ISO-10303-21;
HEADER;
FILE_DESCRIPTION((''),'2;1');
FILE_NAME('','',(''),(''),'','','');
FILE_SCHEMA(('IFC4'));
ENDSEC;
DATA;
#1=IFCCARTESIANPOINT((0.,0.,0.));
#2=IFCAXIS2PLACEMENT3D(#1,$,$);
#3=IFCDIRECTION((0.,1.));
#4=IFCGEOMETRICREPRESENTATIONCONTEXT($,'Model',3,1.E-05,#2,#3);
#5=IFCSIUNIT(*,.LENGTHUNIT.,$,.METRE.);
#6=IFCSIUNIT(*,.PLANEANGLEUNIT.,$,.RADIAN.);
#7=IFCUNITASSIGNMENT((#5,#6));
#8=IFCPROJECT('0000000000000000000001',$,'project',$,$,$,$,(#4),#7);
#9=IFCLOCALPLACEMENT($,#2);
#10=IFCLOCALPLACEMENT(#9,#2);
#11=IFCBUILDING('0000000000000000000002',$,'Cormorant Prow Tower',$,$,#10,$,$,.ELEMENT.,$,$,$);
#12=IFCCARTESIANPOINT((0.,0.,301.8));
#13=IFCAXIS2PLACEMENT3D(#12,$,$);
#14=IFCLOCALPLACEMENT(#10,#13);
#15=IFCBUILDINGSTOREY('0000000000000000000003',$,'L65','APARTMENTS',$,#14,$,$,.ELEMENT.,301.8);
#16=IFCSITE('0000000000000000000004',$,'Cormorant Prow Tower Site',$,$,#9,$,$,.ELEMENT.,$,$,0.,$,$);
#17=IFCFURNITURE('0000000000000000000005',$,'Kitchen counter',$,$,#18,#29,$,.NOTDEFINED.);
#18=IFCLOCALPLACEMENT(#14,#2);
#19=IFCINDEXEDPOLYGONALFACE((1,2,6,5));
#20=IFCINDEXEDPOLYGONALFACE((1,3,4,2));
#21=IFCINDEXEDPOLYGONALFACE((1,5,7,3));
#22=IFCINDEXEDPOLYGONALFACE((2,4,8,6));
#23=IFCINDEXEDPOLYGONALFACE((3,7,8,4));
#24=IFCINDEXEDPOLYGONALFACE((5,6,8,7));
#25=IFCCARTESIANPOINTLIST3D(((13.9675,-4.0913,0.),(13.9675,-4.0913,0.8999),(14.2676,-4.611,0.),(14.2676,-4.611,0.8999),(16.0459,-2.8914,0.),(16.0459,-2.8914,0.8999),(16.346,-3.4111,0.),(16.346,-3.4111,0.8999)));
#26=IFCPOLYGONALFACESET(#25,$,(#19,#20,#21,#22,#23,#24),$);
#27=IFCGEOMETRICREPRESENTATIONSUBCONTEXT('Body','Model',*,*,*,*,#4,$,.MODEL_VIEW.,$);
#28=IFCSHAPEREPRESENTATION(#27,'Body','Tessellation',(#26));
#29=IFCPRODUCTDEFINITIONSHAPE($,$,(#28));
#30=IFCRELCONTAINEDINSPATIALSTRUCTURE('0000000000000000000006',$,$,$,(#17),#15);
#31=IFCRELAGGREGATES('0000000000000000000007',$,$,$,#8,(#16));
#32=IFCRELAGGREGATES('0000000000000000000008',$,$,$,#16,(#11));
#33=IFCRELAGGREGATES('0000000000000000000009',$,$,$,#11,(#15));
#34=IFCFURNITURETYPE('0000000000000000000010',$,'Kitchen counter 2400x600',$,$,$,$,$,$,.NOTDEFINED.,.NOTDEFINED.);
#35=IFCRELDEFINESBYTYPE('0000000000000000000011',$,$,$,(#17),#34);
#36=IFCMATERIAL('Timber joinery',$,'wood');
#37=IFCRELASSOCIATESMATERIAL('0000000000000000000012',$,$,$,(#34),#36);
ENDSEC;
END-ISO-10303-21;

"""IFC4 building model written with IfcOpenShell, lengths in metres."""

from ifc_helpers import new_model, si_unit, direction, frame, origin, origin_2d, place, context, subcontext, project, spatial, rectangle, extrude, material, type_object, element, save


model = new_model("IFC4")

# Units and contexts
model_context = context("Model", 3, precision=1e-05, world=origin(), true_north=direction((0.0, 1.0)))
body_context = subcontext(model_context, "Body", "Model", "MODEL_VIEW")
ifc_project = project(units=[si_unit("LENGTHUNIT", "METRE"), si_unit("PLANEANGLEUNIT", "RADIAN")], contexts=[model_context])

# Site, building, storey
site_placement = place(None, origin())
site = spatial("IfcSite", under=ifc_project, at=site_placement, Name="Cormorant Prow Tower Site", CompositionType="ELEMENT", RefElevation=0.0)
building_placement = place(site_placement, origin())
building = spatial("IfcBuilding", under=site, at=building_placement, Name="Cormorant Prow Tower", CompositionType="ELEMENT")
storey_placement = place(building_placement, frame((0.0, 0.0, 301.8)))
storey = spatial("IfcBuildingStorey", under=building, at=storey_placement, Name="L65", Description="APARTMENTS", CompositionType="ELEMENT", Elevation=301.8)

# Furniture
ifc_material_1 = material(Name="Timber joinery", Category="wood")
furniture_type = type_object("IfcFurnitureType", Name="Kitchen counter 2400x600", AssemblyPlace="NOTDEFINED", PredefinedType="NOTDEFINED", material=ifc_material_1)
furniture_placement = place(storey_placement, frame((15.1567, -3.7512, 0.0), z_axis=(0.0, 0.0, 1.0), x_axis=(0.866025, 0.5, 0.0)))
element("IfcFurniture", 1, at=furniture_placement, inside=storey, type_object=furniture_type, Name="Kitchen counter", PredefinedType="NOTDEFINED", context=body_context, shape_type="SweptSolid", body=[
    extrude(rectangle(XDim=2.3999, YDim=0.6001, at=origin_2d()), origin(), (0.0, 0.0, 1.0), 0.8999),
])

save(model, "model.ifc")
